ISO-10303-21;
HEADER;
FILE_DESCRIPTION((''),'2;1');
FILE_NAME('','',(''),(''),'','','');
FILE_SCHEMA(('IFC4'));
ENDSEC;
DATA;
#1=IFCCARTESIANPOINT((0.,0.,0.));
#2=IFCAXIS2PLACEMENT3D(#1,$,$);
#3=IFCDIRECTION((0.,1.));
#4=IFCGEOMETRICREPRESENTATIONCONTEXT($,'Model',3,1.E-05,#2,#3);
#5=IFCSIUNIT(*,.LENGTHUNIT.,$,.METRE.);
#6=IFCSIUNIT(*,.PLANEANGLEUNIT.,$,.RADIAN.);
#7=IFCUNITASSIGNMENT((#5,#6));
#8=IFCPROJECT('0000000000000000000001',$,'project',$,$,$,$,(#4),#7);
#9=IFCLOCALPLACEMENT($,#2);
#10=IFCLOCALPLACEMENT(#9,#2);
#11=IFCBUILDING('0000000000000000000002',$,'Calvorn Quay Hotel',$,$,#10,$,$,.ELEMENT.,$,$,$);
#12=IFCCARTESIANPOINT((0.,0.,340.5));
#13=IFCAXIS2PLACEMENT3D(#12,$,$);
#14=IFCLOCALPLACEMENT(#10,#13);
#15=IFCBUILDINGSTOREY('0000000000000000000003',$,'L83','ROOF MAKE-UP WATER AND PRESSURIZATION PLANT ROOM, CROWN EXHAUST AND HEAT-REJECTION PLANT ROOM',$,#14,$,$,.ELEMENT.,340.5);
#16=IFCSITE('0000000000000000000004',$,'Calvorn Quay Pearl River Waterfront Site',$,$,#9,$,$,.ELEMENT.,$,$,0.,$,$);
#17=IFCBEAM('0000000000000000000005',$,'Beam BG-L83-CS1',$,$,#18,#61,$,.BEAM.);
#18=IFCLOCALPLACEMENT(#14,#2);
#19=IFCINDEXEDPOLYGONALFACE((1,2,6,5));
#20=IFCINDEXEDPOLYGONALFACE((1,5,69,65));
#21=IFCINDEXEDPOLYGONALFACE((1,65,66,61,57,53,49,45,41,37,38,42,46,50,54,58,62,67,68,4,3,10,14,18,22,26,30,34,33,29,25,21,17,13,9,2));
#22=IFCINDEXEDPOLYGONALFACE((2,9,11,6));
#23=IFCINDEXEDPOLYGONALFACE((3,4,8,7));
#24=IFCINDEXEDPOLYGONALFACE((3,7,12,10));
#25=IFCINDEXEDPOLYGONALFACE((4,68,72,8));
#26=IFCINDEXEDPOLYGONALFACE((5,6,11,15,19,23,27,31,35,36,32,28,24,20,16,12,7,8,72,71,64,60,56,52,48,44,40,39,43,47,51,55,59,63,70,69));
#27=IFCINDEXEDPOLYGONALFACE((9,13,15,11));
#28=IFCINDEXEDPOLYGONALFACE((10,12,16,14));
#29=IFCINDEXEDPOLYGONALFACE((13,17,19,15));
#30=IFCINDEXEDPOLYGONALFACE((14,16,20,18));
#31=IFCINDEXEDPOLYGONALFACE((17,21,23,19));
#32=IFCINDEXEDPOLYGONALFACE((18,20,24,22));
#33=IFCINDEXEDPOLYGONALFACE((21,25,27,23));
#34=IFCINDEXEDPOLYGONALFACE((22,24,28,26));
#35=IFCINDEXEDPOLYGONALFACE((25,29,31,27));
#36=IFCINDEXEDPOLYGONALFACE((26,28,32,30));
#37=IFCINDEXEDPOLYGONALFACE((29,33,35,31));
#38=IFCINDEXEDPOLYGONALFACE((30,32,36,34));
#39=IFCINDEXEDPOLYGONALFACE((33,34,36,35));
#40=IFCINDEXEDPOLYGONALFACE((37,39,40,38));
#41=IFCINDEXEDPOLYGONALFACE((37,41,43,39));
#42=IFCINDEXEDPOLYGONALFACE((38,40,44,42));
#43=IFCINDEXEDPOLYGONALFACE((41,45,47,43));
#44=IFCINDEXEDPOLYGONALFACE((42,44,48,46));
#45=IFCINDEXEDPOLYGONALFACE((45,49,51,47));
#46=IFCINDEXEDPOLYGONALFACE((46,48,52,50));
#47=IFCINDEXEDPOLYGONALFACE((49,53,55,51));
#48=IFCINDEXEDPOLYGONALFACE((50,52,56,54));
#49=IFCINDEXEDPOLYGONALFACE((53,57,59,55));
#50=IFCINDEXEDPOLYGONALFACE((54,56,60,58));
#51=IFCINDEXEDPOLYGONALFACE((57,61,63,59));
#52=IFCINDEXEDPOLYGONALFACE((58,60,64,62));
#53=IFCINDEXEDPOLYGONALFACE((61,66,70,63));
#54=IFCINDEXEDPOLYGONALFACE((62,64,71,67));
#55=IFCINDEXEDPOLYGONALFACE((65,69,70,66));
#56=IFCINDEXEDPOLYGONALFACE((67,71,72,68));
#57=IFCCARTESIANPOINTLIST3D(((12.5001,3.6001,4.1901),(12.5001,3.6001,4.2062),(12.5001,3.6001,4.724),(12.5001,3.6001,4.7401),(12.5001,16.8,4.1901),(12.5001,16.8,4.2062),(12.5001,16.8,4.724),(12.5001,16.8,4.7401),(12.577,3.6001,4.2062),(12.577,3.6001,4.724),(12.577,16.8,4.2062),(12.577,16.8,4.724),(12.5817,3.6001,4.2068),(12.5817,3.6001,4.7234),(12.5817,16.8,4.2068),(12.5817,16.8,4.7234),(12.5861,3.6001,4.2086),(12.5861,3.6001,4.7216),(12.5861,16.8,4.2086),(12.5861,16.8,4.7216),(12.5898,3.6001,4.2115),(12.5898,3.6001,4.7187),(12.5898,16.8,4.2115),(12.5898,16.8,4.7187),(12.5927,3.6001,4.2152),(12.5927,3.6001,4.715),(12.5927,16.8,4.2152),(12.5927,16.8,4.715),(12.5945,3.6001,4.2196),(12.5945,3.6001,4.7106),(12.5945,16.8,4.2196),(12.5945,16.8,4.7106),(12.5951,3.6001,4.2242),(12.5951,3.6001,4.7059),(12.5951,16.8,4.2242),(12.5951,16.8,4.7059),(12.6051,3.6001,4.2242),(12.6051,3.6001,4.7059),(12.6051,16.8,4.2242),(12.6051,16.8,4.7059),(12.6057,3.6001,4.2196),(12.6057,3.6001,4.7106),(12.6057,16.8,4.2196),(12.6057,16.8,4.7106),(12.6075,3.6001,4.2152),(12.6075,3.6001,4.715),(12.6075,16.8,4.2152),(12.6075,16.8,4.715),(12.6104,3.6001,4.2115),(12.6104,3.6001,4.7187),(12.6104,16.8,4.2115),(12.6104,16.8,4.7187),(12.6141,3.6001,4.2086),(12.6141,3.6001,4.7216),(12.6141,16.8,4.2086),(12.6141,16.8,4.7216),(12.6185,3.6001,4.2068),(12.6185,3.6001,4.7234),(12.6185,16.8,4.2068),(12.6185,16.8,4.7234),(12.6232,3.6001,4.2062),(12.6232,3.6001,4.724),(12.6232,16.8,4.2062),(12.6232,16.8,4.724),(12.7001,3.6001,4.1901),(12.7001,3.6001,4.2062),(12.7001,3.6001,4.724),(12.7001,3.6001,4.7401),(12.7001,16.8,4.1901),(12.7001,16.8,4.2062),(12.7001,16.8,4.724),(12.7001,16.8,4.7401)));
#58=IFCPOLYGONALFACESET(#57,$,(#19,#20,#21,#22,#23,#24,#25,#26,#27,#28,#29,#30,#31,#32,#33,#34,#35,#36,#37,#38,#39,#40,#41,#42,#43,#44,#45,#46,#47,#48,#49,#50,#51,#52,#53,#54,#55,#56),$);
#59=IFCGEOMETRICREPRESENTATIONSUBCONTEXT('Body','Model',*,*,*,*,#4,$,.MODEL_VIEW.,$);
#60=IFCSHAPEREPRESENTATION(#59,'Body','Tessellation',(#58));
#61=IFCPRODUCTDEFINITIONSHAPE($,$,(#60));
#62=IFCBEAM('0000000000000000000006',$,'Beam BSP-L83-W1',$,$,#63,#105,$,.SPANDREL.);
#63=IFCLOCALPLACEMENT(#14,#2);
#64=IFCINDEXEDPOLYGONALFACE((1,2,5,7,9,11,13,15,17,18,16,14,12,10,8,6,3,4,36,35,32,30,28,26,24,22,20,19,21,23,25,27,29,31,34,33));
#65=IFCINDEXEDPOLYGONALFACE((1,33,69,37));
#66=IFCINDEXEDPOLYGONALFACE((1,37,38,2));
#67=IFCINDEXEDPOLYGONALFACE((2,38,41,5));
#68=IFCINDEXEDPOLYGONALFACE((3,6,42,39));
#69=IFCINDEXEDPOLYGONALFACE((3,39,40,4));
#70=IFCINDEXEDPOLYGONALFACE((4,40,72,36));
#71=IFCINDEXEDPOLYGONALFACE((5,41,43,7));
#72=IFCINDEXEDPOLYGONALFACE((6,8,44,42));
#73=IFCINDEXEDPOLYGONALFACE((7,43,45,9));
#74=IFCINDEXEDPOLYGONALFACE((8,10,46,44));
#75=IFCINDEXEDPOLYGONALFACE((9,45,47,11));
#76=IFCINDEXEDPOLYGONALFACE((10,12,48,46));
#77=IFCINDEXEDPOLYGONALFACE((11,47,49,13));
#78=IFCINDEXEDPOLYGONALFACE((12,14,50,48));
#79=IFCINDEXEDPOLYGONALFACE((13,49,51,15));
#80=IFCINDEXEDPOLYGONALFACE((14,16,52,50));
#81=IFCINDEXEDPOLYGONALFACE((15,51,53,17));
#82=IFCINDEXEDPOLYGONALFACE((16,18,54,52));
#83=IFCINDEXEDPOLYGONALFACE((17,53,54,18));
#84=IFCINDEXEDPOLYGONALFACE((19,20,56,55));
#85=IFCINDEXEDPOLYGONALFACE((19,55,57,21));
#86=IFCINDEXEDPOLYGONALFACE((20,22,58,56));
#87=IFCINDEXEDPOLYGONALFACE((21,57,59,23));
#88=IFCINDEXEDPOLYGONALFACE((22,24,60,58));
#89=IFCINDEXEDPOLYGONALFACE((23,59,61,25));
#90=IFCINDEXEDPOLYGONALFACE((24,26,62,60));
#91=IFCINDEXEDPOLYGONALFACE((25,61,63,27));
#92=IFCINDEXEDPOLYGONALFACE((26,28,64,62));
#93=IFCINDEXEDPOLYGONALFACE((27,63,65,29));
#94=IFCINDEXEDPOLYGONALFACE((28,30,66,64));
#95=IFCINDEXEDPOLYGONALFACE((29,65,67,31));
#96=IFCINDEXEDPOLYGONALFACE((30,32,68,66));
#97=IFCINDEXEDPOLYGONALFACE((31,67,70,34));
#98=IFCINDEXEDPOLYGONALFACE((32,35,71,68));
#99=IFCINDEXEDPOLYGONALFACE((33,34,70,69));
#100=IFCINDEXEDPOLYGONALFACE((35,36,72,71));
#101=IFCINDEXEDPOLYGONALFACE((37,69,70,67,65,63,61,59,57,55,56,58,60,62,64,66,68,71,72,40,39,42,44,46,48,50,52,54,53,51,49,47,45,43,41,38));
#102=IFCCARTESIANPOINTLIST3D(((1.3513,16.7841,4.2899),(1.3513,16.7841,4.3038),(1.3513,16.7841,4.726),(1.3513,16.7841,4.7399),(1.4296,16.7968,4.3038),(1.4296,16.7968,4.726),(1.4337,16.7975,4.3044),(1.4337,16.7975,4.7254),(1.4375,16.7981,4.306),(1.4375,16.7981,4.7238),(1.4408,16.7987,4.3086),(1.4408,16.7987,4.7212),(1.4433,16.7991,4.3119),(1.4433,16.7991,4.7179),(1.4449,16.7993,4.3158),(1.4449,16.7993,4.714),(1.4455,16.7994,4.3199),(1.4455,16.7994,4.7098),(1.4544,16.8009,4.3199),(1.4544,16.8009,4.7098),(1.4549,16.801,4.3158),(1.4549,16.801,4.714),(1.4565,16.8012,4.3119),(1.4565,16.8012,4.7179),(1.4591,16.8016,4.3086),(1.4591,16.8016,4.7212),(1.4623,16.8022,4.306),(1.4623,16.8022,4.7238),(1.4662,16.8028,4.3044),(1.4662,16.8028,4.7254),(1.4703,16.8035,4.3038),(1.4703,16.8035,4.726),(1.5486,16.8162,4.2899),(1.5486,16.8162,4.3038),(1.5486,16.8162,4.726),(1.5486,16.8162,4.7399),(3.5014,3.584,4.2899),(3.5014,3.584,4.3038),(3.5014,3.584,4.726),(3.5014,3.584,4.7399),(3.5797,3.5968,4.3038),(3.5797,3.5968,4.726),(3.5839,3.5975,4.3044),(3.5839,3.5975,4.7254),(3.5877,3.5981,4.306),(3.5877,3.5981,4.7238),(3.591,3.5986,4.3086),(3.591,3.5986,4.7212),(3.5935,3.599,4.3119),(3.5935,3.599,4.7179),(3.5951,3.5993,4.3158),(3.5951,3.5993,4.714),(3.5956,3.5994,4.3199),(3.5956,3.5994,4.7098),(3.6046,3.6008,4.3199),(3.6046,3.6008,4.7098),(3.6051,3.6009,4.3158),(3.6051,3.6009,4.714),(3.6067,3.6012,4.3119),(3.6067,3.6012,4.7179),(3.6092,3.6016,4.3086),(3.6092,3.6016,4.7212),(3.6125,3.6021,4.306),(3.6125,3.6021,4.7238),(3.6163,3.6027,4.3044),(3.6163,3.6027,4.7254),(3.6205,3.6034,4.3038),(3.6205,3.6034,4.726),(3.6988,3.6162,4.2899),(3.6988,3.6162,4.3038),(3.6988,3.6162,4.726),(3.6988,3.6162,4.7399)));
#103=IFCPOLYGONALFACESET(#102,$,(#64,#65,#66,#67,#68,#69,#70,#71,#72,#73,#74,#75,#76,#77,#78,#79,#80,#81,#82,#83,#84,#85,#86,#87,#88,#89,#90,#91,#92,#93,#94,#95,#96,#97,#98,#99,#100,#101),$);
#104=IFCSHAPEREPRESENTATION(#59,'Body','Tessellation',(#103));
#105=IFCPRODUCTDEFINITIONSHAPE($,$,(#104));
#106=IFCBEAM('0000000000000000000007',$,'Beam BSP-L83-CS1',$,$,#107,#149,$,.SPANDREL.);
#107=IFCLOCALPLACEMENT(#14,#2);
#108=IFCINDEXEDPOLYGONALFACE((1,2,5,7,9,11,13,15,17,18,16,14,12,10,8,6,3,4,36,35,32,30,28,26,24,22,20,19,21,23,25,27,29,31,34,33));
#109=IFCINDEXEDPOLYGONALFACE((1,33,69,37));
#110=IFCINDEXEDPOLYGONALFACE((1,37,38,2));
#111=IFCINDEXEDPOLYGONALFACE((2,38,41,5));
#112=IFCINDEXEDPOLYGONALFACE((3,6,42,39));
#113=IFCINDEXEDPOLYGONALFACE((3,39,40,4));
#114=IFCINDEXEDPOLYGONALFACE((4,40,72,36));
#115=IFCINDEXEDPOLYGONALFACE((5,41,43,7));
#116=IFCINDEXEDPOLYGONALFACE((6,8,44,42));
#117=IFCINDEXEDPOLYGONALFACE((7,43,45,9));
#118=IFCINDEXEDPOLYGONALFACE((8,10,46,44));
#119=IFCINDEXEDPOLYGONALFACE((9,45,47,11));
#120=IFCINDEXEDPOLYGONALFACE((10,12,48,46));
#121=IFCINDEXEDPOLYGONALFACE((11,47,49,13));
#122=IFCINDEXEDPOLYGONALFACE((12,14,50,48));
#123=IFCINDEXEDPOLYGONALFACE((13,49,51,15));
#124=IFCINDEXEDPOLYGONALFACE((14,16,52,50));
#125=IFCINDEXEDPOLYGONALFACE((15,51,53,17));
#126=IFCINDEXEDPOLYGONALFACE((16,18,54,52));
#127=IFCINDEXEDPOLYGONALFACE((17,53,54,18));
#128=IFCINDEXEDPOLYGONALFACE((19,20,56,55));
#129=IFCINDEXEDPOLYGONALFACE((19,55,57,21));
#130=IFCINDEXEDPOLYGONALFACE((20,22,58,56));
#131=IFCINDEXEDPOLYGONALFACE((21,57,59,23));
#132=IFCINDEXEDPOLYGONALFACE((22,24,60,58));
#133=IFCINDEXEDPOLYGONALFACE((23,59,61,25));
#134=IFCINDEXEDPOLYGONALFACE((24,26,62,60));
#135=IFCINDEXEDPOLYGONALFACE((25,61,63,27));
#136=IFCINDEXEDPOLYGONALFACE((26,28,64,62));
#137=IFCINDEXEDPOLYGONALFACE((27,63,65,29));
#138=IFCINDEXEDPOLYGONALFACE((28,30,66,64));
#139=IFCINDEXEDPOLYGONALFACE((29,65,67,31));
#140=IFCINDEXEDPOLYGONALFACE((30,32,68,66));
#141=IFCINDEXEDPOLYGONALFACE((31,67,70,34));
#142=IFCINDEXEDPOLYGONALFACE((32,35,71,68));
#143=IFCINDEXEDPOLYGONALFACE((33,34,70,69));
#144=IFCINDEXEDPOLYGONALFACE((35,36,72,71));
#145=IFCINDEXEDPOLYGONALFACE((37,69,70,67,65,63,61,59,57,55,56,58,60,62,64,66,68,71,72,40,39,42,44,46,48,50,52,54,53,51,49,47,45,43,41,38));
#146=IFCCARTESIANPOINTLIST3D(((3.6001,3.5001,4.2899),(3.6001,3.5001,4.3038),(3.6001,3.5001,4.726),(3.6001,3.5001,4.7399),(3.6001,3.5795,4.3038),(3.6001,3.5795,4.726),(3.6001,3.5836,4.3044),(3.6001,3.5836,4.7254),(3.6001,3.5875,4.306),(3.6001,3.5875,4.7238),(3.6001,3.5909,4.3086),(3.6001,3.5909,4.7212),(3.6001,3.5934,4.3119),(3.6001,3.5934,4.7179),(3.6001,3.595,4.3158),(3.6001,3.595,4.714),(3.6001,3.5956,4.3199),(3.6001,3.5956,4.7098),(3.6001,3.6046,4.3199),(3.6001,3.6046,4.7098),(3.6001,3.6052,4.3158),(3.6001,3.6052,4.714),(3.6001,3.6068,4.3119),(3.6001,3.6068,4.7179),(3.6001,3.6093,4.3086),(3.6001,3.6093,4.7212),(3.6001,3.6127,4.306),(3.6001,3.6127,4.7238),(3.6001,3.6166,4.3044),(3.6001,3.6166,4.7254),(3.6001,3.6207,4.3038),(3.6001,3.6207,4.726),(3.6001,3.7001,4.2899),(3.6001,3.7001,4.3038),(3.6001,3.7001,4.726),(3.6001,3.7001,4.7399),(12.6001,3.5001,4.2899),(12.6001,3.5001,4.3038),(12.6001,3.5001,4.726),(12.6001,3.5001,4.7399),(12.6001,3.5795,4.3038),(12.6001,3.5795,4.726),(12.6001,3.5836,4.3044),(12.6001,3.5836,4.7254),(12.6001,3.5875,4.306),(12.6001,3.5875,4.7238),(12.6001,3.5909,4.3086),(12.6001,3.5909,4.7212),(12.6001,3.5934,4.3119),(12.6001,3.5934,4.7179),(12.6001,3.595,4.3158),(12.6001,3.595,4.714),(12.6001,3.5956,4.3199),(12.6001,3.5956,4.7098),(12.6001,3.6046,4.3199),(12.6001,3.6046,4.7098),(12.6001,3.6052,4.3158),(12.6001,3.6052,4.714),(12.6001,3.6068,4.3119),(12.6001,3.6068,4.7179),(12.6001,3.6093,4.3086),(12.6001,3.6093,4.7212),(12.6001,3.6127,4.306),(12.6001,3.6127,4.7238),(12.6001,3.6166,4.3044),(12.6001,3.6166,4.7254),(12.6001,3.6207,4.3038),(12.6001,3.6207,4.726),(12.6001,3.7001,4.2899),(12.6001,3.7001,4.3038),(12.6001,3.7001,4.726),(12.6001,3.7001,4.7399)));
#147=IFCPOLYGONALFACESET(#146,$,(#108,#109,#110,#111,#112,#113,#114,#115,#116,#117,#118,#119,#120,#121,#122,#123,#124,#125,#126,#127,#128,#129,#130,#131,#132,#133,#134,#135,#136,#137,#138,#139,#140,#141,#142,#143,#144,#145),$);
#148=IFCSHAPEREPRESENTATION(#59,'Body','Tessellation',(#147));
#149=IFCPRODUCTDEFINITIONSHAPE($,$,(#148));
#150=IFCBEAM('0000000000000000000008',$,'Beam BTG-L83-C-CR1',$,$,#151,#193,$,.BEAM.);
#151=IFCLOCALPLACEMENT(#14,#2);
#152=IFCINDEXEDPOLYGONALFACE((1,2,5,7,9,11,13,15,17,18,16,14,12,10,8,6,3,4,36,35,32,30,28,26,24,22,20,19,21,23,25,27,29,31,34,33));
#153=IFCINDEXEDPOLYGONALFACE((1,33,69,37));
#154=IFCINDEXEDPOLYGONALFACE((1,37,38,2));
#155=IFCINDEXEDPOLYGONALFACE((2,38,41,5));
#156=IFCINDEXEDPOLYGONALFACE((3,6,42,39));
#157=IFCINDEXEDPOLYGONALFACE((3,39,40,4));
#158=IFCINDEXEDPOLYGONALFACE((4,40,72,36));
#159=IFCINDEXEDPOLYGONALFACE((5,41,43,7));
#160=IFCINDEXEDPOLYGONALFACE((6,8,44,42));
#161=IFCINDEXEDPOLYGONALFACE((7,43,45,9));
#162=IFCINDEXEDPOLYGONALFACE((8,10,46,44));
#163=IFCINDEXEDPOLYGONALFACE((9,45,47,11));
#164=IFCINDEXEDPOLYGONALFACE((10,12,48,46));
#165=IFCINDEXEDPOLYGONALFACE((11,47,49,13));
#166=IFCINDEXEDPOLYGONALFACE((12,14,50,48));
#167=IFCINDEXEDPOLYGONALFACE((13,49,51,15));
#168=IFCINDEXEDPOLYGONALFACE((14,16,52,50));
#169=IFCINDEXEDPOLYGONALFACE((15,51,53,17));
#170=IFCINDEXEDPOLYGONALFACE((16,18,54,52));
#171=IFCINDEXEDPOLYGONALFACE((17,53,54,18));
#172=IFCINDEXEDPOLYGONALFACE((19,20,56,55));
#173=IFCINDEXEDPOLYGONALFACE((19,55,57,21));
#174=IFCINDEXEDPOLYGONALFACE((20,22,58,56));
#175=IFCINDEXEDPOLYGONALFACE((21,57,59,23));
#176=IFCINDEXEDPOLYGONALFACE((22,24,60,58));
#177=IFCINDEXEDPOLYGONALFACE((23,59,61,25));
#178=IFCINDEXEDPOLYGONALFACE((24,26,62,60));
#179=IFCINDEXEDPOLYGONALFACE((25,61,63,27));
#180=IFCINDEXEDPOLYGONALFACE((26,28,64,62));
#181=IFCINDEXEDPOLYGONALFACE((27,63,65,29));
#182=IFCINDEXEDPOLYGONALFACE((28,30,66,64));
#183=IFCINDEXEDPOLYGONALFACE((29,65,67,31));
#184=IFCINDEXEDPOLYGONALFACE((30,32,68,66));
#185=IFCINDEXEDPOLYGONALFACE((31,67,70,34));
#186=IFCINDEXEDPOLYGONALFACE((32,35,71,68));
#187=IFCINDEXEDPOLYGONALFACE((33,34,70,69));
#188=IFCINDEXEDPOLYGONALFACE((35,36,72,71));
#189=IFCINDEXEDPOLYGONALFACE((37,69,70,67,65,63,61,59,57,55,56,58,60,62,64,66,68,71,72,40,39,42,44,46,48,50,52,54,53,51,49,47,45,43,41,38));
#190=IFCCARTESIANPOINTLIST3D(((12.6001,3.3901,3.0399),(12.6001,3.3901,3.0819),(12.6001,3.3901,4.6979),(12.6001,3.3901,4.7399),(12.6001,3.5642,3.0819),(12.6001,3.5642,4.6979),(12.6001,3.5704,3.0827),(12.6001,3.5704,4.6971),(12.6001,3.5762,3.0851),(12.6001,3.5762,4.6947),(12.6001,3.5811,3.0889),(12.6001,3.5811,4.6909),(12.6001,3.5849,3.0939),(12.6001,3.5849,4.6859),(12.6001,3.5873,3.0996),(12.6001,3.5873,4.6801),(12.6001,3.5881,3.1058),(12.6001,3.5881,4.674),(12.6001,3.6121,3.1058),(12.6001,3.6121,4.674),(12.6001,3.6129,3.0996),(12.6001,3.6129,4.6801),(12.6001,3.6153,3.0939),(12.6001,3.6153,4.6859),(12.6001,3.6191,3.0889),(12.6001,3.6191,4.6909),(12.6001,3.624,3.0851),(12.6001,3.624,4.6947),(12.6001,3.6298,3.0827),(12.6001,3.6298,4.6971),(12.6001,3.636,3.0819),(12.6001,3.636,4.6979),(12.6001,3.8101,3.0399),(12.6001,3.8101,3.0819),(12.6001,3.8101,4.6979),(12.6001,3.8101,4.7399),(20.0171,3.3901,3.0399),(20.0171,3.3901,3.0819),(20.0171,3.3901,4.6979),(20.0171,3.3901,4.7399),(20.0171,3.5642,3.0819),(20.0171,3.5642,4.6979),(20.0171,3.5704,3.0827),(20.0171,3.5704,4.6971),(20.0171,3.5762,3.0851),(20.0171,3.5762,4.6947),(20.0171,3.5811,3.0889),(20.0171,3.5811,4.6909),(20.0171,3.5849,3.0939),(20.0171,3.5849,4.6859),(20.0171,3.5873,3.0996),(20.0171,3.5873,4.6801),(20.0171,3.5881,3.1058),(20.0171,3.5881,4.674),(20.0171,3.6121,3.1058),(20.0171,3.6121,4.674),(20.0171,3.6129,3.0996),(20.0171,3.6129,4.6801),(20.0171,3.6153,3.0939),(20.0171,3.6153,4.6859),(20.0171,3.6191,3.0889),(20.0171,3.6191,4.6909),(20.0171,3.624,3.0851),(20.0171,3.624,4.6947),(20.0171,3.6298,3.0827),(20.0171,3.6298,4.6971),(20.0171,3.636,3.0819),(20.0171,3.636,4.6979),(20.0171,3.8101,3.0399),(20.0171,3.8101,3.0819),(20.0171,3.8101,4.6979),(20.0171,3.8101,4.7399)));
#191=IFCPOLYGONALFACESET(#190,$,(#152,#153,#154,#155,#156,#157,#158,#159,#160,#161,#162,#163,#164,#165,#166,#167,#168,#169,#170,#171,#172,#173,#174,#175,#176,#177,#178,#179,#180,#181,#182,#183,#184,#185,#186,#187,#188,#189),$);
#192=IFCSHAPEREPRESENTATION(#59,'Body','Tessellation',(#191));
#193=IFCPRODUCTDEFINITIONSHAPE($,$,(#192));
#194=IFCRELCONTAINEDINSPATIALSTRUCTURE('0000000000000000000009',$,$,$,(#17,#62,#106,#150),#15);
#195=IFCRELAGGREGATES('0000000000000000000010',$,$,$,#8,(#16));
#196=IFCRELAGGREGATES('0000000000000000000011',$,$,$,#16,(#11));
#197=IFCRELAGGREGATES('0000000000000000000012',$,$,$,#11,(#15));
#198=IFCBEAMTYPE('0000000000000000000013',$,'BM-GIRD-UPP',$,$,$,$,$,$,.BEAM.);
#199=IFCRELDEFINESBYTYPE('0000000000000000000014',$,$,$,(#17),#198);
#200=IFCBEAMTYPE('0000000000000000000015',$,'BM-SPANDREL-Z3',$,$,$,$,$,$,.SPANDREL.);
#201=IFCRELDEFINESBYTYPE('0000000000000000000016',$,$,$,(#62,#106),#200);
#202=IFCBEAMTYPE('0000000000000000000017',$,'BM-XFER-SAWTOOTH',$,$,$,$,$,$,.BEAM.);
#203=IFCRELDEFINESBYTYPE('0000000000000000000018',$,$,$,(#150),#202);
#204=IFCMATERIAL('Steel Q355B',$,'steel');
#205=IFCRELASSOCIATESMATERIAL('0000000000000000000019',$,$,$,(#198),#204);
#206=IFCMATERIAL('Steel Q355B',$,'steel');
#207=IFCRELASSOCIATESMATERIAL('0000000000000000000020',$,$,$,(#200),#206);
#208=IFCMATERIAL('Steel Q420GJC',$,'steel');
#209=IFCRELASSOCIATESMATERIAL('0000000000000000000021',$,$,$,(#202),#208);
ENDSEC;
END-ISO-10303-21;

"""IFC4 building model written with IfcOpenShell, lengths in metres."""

from ifc_helpers import new_model, si_unit, direction, frame, origin, origin_2d, place, context, subcontext, project, spatial, i_section, extrude, material, material_profile, profile_set, type_object, element, save


model = new_model("IFC4")

# Units and contexts
model_context = context("Model", 3, precision=1e-05, world=origin(), true_north=direction((0.0, 1.0)))
body_context = subcontext(model_context, "Body", "Model", "MODEL_VIEW")
ifc_project = project(units=[si_unit("LENGTHUNIT", "METRE"), si_unit("PLANEANGLEUNIT", "RADIAN")], contexts=[model_context])

# Site, building, storey
site_placement = place(None, origin())
site = spatial("IfcSite", under=ifc_project, at=site_placement, Name="Calvorn Quay Pearl River Waterfront Site", CompositionType="ELEMENT", RefElevation=0.0)
building_placement = place(site_placement, origin())
building = spatial("IfcBuilding", under=site, at=building_placement, Name="Calvorn Quay Hotel", CompositionType="ELEMENT")
storey_placement = place(building_placement, frame((0.0, 0.0, 340.5)))
storey = spatial("IfcBuildingStorey", under=building, at=storey_placement, Name="L83", Description="ROOF MAKE-UP WATER AND PRESSURIZATION PLANT ROOM, CROWN EXHAUST AND HEAT-REJECTION PLANT ROOM", CompositionType="ELEMENT", Elevation=340.5)

# Beams
ifc_material_1 = material(Name="Steel Q355B", Category="steel")
ifc_material_profile_1 = material_profile(ifc_material_1, i_section(OverallWidth=0.2, OverallDepth=0.55, WebThickness=0.01, FlangeThickness=0.0161, FilletRadius=0.0181, at=origin_2d()), Name="HN550x200x10x16")
ifc_profile_set_1 = profile_set([ifc_material_profile_1], Name="Steel Q355B")
beam_type_1 = type_object("IfcBeamType", Name="BM-GIRD-UPP", PredefinedType="BEAM", material=ifc_profile_set_1)
beam_1_placement = place(storey_placement, frame((12.6001, 3.6001, 4.4651), z_axis=(0.0, 1.0, 0.0), x_axis=(-1.0, 0.0, 0.0)))
element("IfcBeam", 1, at=beam_1_placement, inside=storey, type_object=beam_type_1, Name="Beam BG-L83-CS1", PredefinedType="BEAM", context=body_context, shape_type="SweptSolid", body=[
    extrude(i_section(OverallWidth=0.2, OverallDepth=0.55, WebThickness=0.01, FlangeThickness=0.0161, FilletRadius=0.0181, at=origin_2d()), origin(), (0.0, 0.0, 1.0), 13.2),
])
ifc_material_2 = material(Name="Steel Q355B", Category="steel")
ifc_material_profile_2 = material_profile(ifc_material_2, i_section(OverallWidth=0.2, OverallDepth=0.45, WebThickness=0.009, FlangeThickness=0.0139, FilletRadius=0.0161, at=origin_2d()), Name="HN450x200x9x14")
ifc_profile_set_2 = profile_set([ifc_material_profile_2], Name="Steel Q355B")
beam_type_2 = type_object("IfcBeamType", Name="BM-SPANDREL-Z3", PredefinedType="SPANDREL", material=ifc_profile_set_2)
beam_2_placement = place(storey_placement, frame((3.6001, 3.6001, 4.5149), z_axis=(-0.160772, 0.986992, 0.0), x_axis=(-0.986992, -0.160772, 0.0)))
element("IfcBeam", 2, at=beam_2_placement, inside=storey, type_object=beam_type_2, Name="Beam BSP-L83-W1", PredefinedType="SPANDREL", context=body_context, shape_type="SweptSolid", body=[
    extrude(i_section(OverallWidth=0.2, OverallDepth=0.45, WebThickness=0.009, FlangeThickness=0.0139, FilletRadius=0.0161, at=origin_2d()), origin(), (0.0, 0.0, 1.0), 13.374),
])
beam_3_placement = place(storey_placement, frame((3.6001, 3.6001, 4.5149), z_axis=(1.0, 0.0, 0.0), x_axis=(0.0, 1.0, 0.0)))
element("IfcBeam", 3, at=beam_3_placement, inside=storey, type_object=beam_type_2, Name="Beam BSP-L83-CS1", PredefinedType="SPANDREL", context=body_context, shape_type="SweptSolid", body=[
    extrude(i_section(OverallWidth=0.2, OverallDepth=0.45, WebThickness=0.009, FlangeThickness=0.0139, FilletRadius=0.0161, at=origin_2d()), origin(), (0.0, 0.0, 1.0), 9.0),
])
ifc_material_3 = material(Name="Steel Q420GJC", Category="steel")
ifc_material_profile_3 = material_profile(ifc_material_3, i_section(OverallWidth=0.4199, OverallDepth=1.7, WebThickness=0.0239, FlangeThickness=0.042, FilletRadius=0.0239, at=origin_2d()), Name="HN1700x420x24x42")
ifc_profile_set_3 = profile_set([ifc_material_profile_3], Name="Steel Q420GJC")
beam_type_3 = type_object("IfcBeamType", Name="BM-XFER-SAWTOOTH", PredefinedType="BEAM", material=ifc_profile_set_3)
beam_4_placement = place(storey_placement, frame((12.6001, 3.6001, 3.8899), z_axis=(1.0, 0.0, 0.0), x_axis=(0.0, 1.0, 0.0)))
element("IfcBeam", 4, at=beam_4_placement, inside=storey, type_object=beam_type_3, Name="Beam BTG-L83-C-CR1", PredefinedType="BEAM", context=body_context, shape_type="SweptSolid", body=[
    extrude(i_section(OverallWidth=0.4199, OverallDepth=1.7, WebThickness=0.0239, FlangeThickness=0.042, FilletRadius=0.0239, at=origin_2d()), origin(), (0.0, 0.0, 1.0), 7.417),
])

save(model, "model.ifc")
